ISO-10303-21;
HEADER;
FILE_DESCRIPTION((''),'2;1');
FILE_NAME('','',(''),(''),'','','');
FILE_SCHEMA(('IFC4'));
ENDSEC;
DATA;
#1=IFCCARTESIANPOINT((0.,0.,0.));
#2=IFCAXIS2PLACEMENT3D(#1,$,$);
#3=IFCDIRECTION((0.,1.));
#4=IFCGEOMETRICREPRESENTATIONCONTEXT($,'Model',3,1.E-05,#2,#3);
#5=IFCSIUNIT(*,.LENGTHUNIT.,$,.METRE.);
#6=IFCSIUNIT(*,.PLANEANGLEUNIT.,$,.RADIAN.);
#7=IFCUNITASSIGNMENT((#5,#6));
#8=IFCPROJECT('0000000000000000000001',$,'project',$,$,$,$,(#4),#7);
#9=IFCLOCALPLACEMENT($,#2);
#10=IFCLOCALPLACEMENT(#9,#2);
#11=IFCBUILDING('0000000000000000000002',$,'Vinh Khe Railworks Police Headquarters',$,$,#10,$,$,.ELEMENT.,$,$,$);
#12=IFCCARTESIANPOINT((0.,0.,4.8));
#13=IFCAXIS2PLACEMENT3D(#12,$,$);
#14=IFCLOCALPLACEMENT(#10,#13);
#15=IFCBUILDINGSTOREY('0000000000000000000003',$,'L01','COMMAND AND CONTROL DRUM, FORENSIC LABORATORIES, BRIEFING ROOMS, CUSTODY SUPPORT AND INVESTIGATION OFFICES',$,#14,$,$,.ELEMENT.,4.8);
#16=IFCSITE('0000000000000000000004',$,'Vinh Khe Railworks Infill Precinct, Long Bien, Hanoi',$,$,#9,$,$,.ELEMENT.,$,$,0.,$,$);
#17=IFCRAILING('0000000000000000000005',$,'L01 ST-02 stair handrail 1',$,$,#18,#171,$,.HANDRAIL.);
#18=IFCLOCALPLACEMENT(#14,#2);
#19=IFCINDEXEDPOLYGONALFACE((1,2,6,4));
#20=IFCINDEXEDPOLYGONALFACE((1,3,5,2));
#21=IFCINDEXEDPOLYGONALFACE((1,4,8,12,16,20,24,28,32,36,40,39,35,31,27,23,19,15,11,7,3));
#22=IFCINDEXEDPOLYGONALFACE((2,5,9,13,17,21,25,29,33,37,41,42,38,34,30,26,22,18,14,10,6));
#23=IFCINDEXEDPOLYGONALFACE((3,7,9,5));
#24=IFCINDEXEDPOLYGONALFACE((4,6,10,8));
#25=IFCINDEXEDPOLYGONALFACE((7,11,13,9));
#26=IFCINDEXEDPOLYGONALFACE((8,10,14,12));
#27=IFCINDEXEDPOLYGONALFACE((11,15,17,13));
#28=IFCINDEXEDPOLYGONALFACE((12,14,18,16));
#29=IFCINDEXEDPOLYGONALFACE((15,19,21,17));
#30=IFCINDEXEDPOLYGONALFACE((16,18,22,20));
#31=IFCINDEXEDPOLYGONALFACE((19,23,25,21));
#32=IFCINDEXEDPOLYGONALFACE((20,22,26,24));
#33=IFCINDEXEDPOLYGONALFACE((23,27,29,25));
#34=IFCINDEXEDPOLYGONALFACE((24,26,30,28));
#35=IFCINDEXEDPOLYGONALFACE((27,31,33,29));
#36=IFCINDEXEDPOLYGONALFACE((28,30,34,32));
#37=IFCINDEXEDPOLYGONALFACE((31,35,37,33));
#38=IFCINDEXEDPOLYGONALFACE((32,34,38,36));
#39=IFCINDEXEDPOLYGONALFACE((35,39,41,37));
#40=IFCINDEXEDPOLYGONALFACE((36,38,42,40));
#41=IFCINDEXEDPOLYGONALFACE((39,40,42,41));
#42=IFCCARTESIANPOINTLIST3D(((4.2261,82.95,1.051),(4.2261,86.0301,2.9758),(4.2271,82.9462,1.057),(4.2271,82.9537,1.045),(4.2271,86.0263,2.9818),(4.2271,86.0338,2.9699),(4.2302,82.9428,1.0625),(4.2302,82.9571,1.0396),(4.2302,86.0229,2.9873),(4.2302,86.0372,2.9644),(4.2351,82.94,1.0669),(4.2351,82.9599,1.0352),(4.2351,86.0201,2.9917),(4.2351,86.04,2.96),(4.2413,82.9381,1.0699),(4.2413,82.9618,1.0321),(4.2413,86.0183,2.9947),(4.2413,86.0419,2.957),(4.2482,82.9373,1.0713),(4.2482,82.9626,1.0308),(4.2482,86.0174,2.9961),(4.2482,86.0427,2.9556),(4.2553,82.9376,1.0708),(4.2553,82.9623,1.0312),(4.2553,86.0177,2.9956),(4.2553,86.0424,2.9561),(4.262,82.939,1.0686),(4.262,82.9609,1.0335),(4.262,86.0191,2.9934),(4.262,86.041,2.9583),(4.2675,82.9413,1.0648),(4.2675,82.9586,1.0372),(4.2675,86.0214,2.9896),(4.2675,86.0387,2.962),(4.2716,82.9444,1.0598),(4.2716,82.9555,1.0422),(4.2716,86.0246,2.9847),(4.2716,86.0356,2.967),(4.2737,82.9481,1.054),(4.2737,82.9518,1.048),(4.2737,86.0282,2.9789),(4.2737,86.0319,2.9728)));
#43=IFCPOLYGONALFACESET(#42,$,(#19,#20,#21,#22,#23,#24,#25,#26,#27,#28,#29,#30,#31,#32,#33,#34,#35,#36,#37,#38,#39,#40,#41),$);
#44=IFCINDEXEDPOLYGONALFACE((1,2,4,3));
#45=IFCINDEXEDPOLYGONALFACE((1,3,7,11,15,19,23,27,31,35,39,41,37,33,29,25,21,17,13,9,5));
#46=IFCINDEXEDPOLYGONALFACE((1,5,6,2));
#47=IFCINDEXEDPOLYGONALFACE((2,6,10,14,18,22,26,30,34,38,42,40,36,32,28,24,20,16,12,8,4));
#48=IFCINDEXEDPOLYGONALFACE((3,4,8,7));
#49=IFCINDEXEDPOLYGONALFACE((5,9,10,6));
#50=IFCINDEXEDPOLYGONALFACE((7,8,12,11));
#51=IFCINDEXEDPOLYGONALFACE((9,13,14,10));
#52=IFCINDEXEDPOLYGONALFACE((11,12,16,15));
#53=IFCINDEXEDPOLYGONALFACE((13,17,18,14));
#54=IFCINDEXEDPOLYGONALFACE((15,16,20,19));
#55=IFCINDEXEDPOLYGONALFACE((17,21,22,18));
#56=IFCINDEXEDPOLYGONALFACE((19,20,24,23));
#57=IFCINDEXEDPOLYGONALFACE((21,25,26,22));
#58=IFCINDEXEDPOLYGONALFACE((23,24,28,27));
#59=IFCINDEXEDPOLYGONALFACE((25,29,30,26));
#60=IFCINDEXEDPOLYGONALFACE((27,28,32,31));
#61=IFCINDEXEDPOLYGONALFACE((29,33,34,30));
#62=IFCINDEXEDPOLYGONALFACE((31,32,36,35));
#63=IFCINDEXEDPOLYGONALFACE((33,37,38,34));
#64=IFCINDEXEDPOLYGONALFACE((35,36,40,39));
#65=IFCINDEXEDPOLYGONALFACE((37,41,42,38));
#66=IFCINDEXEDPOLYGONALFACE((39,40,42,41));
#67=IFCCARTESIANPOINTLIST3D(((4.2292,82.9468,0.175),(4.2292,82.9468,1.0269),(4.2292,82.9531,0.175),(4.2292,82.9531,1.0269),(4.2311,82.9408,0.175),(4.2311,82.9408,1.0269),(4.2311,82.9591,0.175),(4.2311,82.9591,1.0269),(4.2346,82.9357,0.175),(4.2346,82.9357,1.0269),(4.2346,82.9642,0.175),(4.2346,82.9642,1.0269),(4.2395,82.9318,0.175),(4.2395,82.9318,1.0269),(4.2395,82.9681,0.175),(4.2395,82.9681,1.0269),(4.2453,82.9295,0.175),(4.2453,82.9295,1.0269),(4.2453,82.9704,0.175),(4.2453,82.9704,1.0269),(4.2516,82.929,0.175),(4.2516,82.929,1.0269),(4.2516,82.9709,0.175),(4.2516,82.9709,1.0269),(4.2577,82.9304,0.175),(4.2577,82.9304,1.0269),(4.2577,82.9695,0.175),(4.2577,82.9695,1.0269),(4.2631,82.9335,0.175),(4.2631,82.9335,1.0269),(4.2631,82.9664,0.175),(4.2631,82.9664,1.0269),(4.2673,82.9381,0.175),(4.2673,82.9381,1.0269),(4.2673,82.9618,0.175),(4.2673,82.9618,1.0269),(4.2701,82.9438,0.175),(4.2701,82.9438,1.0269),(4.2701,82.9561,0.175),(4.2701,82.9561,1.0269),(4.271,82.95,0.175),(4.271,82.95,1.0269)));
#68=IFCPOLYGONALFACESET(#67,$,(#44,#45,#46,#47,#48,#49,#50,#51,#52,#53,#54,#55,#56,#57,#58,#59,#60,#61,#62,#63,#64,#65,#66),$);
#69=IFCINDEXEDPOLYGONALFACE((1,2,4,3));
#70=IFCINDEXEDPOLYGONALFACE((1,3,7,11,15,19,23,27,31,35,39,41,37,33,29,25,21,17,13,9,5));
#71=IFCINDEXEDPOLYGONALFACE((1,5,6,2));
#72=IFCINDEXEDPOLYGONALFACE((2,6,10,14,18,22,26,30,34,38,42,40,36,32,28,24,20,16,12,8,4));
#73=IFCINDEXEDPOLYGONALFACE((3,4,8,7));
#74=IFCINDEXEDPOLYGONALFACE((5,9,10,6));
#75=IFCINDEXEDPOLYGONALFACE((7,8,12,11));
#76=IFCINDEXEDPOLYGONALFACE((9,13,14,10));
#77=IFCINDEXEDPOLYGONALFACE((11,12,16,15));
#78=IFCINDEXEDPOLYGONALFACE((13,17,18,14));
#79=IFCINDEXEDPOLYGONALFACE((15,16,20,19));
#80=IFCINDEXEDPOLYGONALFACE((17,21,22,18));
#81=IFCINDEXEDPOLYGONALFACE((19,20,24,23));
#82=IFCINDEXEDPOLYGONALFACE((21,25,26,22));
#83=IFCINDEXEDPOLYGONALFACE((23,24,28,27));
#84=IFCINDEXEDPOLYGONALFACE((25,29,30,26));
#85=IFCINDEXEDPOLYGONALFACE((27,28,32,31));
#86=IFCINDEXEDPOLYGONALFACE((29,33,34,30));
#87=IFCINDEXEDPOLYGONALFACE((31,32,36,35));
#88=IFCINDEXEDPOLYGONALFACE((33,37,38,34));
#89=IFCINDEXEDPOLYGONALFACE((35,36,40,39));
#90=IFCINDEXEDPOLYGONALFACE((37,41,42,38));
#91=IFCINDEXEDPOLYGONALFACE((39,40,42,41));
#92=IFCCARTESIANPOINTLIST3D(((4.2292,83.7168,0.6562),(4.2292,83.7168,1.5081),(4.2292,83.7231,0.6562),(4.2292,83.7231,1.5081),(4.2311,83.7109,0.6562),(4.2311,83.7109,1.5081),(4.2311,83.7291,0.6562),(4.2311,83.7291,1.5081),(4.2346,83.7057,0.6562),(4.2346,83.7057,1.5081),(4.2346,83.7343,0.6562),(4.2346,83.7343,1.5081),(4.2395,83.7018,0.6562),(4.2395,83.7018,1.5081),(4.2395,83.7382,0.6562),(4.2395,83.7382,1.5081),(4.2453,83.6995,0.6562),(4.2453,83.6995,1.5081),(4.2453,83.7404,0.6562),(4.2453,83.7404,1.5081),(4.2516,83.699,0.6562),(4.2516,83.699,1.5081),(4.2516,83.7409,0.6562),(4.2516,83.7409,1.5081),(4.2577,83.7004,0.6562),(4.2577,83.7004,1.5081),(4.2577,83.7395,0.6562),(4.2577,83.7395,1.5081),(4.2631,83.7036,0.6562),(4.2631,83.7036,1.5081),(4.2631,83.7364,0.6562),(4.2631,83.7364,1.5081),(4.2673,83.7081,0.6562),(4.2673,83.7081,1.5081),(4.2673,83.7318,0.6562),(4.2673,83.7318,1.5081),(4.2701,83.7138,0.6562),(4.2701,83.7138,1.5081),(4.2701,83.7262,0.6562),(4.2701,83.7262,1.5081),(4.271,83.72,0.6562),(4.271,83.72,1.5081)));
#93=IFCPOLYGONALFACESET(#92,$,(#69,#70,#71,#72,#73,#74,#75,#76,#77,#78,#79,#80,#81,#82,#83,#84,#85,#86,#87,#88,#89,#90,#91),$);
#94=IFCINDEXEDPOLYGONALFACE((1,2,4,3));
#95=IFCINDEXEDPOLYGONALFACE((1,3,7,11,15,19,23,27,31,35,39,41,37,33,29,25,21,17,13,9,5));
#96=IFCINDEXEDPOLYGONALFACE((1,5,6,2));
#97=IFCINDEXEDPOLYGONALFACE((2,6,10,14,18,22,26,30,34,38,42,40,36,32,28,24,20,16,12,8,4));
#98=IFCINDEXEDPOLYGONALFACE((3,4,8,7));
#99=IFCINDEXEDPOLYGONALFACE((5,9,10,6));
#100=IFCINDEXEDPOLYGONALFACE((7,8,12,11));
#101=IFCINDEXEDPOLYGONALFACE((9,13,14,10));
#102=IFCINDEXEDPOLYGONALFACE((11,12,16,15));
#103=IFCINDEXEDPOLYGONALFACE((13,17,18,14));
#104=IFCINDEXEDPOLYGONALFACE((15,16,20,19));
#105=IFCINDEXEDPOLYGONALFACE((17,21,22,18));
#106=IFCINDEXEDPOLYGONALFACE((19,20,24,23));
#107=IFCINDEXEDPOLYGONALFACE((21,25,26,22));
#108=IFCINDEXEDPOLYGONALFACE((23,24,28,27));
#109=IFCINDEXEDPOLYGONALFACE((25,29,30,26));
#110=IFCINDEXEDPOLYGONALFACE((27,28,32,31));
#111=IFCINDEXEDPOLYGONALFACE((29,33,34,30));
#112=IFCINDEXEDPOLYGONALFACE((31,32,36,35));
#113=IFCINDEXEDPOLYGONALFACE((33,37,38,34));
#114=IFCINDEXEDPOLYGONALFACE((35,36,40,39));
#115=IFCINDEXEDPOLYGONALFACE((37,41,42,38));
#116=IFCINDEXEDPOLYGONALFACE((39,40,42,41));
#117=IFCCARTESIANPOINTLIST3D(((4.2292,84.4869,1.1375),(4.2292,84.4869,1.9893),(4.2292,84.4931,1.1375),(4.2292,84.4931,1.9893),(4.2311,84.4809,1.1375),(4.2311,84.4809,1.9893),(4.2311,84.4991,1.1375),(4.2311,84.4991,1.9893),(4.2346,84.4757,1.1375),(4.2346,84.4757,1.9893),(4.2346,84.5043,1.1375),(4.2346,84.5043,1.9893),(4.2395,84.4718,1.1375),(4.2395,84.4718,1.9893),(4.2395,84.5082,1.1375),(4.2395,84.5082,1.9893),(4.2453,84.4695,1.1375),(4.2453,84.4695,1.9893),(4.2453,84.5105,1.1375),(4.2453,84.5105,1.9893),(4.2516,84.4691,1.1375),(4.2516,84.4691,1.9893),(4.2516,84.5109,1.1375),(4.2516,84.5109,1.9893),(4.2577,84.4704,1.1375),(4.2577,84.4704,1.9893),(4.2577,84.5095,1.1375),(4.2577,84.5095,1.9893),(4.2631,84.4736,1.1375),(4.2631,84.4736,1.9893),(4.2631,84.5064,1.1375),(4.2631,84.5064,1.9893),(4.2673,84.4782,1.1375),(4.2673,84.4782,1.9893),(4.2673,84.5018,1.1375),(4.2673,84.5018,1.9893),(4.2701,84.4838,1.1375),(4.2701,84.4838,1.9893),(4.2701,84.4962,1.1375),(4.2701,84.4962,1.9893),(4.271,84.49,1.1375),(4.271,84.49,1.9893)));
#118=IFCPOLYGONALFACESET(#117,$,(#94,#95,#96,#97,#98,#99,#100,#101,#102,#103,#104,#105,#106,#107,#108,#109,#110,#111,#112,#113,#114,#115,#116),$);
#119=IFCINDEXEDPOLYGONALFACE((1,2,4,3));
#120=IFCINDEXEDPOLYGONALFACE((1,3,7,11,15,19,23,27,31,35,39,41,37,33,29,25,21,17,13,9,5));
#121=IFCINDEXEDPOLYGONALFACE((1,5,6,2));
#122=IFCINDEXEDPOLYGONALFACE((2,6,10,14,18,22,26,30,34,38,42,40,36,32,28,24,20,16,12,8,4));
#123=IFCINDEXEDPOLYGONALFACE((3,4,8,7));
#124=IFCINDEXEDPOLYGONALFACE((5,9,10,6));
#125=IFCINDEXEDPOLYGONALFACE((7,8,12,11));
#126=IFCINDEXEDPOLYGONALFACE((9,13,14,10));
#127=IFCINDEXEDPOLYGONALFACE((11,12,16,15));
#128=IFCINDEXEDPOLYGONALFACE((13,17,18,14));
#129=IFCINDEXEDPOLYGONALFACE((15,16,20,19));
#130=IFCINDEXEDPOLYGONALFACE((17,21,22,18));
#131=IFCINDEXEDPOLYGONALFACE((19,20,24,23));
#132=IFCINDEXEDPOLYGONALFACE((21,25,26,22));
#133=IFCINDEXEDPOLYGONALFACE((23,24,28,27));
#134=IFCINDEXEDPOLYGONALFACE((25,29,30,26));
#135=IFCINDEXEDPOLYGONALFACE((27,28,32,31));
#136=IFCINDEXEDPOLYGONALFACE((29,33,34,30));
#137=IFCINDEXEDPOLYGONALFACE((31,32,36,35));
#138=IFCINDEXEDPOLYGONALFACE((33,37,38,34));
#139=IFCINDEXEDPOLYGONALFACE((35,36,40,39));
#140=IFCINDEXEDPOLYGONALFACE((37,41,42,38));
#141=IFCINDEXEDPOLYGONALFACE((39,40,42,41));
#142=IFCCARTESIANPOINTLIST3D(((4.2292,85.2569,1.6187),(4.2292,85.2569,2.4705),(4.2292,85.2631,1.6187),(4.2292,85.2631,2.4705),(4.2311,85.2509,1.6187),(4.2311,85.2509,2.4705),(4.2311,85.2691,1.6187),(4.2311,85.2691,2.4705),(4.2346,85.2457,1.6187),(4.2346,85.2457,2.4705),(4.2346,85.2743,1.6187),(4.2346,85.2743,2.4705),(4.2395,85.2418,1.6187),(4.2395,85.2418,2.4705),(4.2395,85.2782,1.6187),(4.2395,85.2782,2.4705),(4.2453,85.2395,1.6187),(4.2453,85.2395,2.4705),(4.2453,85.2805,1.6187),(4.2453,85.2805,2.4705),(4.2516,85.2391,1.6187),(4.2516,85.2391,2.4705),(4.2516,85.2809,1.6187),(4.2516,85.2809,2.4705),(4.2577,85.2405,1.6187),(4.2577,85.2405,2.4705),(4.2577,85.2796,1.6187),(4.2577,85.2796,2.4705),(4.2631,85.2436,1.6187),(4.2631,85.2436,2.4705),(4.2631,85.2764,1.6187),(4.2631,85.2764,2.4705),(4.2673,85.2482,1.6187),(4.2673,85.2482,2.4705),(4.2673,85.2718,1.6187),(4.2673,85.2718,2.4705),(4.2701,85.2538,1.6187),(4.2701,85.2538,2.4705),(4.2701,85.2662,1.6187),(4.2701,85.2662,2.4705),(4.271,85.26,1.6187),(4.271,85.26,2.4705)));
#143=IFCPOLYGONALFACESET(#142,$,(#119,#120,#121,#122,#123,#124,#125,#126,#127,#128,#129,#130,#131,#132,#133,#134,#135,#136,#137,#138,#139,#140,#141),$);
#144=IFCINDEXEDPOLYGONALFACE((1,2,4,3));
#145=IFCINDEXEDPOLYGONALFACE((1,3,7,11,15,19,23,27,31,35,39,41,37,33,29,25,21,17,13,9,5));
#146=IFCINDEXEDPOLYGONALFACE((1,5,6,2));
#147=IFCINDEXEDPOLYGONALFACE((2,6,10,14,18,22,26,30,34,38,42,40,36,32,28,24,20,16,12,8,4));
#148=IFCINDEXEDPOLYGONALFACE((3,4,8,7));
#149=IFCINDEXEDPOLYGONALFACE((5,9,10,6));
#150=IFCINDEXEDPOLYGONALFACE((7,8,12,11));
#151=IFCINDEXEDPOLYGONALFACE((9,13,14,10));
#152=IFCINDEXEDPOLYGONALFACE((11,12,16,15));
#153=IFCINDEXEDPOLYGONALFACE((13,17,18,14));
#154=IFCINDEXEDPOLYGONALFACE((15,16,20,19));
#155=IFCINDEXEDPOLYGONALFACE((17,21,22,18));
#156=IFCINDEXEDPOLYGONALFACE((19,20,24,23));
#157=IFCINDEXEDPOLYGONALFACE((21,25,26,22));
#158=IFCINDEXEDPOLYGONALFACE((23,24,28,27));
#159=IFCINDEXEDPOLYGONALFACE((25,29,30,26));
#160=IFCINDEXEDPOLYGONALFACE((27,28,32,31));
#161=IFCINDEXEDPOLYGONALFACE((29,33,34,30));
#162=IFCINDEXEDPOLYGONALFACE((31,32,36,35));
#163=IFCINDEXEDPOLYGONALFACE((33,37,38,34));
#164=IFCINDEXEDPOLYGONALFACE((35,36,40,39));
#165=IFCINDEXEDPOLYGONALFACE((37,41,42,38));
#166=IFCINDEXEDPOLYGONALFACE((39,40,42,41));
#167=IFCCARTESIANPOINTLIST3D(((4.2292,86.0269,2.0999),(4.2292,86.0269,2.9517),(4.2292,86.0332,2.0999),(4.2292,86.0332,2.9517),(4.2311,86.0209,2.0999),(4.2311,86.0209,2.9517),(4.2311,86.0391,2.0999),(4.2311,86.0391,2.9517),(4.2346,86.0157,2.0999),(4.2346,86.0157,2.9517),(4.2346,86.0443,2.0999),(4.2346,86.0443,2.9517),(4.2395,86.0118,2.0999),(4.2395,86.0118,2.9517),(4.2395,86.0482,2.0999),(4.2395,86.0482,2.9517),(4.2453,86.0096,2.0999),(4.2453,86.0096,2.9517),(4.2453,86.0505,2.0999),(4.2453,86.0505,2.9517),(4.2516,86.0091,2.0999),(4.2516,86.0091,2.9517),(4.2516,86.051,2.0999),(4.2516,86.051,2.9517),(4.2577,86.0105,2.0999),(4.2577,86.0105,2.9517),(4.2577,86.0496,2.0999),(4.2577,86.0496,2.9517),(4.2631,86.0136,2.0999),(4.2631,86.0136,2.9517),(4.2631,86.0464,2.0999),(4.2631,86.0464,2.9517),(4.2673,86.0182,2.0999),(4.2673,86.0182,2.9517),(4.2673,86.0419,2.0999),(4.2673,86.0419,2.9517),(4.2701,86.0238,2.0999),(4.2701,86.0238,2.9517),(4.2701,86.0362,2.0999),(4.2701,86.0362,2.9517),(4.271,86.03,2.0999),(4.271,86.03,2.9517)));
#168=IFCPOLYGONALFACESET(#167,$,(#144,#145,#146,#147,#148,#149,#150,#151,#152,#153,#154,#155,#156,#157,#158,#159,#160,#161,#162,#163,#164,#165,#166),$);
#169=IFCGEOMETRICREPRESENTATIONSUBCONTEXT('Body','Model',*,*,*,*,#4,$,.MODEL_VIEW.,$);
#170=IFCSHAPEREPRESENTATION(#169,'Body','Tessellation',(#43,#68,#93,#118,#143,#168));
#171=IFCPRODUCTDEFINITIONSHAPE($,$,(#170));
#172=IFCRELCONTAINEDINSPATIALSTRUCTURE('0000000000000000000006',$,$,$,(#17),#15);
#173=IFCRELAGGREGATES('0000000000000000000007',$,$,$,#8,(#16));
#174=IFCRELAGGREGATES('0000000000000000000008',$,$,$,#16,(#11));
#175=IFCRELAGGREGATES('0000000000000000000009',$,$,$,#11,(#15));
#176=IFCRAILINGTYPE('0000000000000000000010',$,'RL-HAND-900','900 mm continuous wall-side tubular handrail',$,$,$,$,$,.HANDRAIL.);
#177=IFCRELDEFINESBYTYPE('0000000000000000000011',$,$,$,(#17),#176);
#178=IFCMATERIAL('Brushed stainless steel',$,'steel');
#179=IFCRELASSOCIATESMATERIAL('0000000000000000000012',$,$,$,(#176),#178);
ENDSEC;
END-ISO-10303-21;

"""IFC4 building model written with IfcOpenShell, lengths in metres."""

from ifc_helpers import new_model, si_unit, direction, frame, origin, origin_2d, place, context, subcontext, project, spatial, circle, extrude, material, type_object, element, save


model = new_model("IFC4")

# Units and contexts
model_context = context("Model", 3, precision=1e-05, world=origin(), true_north=direction((0.0, 1.0)))
body_context = subcontext(model_context, "Body", "Model", "MODEL_VIEW")
ifc_project = project(units=[si_unit("LENGTHUNIT", "METRE"), si_unit("PLANEANGLEUNIT", "RADIAN")], contexts=[model_context])

# Site, building, storey
site_placement = place(None, origin())
site = spatial("IfcSite", under=ifc_project, at=site_placement, Name="Vinh Khe Railworks Infill Precinct, Long Bien, Hanoi", CompositionType="ELEMENT", RefElevation=0.0)
building_placement = place(site_placement, origin())
building = spatial("IfcBuilding", under=site, at=building_placement, Name="Vinh Khe Railworks Police Headquarters", CompositionType="ELEMENT")
storey_placement = place(building_placement, frame((0.0, 0.0, 4.8)))
storey = spatial("IfcBuildingStorey", under=building, at=storey_placement, Name="L01", Description="COMMAND AND CONTROL DRUM, FORENSIC LABORATORIES, BRIEFING ROOMS, CUSTODY SUPPORT AND INVESTIGATION OFFICES", CompositionType="ELEMENT", Elevation=4.8)

# Railing
ifc_material_1 = material(Name="Brushed stainless steel", Category="steel")
railing_type_1 = type_object("IfcRailingType", Name="RL-HAND-900", Description="900 mm continuous wall-side tubular handrail", PredefinedType="HANDRAIL", material=ifc_material_1)
railing_1_placement = place(storey_placement, frame((4.25, 82.95, 0.175)))
element("IfcRailing", 1, at=railing_1_placement, inside=storey, type_object=railing_type_1, Name="L01 ST-02 stair handrail 1", PredefinedType="HANDRAIL", context=body_context, shape_type="SweptSolid", body=[
    extrude(circle(Radius=0.0239, at=origin_2d()), frame((0.0, 0.0, 0.876), z_axis=(0.0, 0.848029, 0.529951), x_axis=(-1.0, 0.0, 0.0)), (0.0, 0.0, 1.0), 3.6321),
    extrude(circle(Radius=0.021, at=origin_2d()), origin(), (0.0, 0.0, 1.0), 0.8518),
    extrude(circle(Radius=0.021, at=origin_2d()), frame((0.0, 0.77, 0.4812)), (0.0, 0.0, 1.0), 0.8518),
    extrude(circle(Radius=0.021, at=origin_2d()), frame((0.0, 1.54, 0.9624)), (0.0, 0.0, 1.0), 0.8518),
    extrude(circle(Radius=0.021, at=origin_2d()), frame((0.0, 2.3101, 1.4436)), (0.0, 0.0, 1.0), 0.8518),
    extrude(circle(Radius=0.021, at=origin_2d()), frame((0.0, 3.0801, 1.9248)), (0.0, 0.0, 1.0), 0.8518),
])

save(model, "model.ifc")
